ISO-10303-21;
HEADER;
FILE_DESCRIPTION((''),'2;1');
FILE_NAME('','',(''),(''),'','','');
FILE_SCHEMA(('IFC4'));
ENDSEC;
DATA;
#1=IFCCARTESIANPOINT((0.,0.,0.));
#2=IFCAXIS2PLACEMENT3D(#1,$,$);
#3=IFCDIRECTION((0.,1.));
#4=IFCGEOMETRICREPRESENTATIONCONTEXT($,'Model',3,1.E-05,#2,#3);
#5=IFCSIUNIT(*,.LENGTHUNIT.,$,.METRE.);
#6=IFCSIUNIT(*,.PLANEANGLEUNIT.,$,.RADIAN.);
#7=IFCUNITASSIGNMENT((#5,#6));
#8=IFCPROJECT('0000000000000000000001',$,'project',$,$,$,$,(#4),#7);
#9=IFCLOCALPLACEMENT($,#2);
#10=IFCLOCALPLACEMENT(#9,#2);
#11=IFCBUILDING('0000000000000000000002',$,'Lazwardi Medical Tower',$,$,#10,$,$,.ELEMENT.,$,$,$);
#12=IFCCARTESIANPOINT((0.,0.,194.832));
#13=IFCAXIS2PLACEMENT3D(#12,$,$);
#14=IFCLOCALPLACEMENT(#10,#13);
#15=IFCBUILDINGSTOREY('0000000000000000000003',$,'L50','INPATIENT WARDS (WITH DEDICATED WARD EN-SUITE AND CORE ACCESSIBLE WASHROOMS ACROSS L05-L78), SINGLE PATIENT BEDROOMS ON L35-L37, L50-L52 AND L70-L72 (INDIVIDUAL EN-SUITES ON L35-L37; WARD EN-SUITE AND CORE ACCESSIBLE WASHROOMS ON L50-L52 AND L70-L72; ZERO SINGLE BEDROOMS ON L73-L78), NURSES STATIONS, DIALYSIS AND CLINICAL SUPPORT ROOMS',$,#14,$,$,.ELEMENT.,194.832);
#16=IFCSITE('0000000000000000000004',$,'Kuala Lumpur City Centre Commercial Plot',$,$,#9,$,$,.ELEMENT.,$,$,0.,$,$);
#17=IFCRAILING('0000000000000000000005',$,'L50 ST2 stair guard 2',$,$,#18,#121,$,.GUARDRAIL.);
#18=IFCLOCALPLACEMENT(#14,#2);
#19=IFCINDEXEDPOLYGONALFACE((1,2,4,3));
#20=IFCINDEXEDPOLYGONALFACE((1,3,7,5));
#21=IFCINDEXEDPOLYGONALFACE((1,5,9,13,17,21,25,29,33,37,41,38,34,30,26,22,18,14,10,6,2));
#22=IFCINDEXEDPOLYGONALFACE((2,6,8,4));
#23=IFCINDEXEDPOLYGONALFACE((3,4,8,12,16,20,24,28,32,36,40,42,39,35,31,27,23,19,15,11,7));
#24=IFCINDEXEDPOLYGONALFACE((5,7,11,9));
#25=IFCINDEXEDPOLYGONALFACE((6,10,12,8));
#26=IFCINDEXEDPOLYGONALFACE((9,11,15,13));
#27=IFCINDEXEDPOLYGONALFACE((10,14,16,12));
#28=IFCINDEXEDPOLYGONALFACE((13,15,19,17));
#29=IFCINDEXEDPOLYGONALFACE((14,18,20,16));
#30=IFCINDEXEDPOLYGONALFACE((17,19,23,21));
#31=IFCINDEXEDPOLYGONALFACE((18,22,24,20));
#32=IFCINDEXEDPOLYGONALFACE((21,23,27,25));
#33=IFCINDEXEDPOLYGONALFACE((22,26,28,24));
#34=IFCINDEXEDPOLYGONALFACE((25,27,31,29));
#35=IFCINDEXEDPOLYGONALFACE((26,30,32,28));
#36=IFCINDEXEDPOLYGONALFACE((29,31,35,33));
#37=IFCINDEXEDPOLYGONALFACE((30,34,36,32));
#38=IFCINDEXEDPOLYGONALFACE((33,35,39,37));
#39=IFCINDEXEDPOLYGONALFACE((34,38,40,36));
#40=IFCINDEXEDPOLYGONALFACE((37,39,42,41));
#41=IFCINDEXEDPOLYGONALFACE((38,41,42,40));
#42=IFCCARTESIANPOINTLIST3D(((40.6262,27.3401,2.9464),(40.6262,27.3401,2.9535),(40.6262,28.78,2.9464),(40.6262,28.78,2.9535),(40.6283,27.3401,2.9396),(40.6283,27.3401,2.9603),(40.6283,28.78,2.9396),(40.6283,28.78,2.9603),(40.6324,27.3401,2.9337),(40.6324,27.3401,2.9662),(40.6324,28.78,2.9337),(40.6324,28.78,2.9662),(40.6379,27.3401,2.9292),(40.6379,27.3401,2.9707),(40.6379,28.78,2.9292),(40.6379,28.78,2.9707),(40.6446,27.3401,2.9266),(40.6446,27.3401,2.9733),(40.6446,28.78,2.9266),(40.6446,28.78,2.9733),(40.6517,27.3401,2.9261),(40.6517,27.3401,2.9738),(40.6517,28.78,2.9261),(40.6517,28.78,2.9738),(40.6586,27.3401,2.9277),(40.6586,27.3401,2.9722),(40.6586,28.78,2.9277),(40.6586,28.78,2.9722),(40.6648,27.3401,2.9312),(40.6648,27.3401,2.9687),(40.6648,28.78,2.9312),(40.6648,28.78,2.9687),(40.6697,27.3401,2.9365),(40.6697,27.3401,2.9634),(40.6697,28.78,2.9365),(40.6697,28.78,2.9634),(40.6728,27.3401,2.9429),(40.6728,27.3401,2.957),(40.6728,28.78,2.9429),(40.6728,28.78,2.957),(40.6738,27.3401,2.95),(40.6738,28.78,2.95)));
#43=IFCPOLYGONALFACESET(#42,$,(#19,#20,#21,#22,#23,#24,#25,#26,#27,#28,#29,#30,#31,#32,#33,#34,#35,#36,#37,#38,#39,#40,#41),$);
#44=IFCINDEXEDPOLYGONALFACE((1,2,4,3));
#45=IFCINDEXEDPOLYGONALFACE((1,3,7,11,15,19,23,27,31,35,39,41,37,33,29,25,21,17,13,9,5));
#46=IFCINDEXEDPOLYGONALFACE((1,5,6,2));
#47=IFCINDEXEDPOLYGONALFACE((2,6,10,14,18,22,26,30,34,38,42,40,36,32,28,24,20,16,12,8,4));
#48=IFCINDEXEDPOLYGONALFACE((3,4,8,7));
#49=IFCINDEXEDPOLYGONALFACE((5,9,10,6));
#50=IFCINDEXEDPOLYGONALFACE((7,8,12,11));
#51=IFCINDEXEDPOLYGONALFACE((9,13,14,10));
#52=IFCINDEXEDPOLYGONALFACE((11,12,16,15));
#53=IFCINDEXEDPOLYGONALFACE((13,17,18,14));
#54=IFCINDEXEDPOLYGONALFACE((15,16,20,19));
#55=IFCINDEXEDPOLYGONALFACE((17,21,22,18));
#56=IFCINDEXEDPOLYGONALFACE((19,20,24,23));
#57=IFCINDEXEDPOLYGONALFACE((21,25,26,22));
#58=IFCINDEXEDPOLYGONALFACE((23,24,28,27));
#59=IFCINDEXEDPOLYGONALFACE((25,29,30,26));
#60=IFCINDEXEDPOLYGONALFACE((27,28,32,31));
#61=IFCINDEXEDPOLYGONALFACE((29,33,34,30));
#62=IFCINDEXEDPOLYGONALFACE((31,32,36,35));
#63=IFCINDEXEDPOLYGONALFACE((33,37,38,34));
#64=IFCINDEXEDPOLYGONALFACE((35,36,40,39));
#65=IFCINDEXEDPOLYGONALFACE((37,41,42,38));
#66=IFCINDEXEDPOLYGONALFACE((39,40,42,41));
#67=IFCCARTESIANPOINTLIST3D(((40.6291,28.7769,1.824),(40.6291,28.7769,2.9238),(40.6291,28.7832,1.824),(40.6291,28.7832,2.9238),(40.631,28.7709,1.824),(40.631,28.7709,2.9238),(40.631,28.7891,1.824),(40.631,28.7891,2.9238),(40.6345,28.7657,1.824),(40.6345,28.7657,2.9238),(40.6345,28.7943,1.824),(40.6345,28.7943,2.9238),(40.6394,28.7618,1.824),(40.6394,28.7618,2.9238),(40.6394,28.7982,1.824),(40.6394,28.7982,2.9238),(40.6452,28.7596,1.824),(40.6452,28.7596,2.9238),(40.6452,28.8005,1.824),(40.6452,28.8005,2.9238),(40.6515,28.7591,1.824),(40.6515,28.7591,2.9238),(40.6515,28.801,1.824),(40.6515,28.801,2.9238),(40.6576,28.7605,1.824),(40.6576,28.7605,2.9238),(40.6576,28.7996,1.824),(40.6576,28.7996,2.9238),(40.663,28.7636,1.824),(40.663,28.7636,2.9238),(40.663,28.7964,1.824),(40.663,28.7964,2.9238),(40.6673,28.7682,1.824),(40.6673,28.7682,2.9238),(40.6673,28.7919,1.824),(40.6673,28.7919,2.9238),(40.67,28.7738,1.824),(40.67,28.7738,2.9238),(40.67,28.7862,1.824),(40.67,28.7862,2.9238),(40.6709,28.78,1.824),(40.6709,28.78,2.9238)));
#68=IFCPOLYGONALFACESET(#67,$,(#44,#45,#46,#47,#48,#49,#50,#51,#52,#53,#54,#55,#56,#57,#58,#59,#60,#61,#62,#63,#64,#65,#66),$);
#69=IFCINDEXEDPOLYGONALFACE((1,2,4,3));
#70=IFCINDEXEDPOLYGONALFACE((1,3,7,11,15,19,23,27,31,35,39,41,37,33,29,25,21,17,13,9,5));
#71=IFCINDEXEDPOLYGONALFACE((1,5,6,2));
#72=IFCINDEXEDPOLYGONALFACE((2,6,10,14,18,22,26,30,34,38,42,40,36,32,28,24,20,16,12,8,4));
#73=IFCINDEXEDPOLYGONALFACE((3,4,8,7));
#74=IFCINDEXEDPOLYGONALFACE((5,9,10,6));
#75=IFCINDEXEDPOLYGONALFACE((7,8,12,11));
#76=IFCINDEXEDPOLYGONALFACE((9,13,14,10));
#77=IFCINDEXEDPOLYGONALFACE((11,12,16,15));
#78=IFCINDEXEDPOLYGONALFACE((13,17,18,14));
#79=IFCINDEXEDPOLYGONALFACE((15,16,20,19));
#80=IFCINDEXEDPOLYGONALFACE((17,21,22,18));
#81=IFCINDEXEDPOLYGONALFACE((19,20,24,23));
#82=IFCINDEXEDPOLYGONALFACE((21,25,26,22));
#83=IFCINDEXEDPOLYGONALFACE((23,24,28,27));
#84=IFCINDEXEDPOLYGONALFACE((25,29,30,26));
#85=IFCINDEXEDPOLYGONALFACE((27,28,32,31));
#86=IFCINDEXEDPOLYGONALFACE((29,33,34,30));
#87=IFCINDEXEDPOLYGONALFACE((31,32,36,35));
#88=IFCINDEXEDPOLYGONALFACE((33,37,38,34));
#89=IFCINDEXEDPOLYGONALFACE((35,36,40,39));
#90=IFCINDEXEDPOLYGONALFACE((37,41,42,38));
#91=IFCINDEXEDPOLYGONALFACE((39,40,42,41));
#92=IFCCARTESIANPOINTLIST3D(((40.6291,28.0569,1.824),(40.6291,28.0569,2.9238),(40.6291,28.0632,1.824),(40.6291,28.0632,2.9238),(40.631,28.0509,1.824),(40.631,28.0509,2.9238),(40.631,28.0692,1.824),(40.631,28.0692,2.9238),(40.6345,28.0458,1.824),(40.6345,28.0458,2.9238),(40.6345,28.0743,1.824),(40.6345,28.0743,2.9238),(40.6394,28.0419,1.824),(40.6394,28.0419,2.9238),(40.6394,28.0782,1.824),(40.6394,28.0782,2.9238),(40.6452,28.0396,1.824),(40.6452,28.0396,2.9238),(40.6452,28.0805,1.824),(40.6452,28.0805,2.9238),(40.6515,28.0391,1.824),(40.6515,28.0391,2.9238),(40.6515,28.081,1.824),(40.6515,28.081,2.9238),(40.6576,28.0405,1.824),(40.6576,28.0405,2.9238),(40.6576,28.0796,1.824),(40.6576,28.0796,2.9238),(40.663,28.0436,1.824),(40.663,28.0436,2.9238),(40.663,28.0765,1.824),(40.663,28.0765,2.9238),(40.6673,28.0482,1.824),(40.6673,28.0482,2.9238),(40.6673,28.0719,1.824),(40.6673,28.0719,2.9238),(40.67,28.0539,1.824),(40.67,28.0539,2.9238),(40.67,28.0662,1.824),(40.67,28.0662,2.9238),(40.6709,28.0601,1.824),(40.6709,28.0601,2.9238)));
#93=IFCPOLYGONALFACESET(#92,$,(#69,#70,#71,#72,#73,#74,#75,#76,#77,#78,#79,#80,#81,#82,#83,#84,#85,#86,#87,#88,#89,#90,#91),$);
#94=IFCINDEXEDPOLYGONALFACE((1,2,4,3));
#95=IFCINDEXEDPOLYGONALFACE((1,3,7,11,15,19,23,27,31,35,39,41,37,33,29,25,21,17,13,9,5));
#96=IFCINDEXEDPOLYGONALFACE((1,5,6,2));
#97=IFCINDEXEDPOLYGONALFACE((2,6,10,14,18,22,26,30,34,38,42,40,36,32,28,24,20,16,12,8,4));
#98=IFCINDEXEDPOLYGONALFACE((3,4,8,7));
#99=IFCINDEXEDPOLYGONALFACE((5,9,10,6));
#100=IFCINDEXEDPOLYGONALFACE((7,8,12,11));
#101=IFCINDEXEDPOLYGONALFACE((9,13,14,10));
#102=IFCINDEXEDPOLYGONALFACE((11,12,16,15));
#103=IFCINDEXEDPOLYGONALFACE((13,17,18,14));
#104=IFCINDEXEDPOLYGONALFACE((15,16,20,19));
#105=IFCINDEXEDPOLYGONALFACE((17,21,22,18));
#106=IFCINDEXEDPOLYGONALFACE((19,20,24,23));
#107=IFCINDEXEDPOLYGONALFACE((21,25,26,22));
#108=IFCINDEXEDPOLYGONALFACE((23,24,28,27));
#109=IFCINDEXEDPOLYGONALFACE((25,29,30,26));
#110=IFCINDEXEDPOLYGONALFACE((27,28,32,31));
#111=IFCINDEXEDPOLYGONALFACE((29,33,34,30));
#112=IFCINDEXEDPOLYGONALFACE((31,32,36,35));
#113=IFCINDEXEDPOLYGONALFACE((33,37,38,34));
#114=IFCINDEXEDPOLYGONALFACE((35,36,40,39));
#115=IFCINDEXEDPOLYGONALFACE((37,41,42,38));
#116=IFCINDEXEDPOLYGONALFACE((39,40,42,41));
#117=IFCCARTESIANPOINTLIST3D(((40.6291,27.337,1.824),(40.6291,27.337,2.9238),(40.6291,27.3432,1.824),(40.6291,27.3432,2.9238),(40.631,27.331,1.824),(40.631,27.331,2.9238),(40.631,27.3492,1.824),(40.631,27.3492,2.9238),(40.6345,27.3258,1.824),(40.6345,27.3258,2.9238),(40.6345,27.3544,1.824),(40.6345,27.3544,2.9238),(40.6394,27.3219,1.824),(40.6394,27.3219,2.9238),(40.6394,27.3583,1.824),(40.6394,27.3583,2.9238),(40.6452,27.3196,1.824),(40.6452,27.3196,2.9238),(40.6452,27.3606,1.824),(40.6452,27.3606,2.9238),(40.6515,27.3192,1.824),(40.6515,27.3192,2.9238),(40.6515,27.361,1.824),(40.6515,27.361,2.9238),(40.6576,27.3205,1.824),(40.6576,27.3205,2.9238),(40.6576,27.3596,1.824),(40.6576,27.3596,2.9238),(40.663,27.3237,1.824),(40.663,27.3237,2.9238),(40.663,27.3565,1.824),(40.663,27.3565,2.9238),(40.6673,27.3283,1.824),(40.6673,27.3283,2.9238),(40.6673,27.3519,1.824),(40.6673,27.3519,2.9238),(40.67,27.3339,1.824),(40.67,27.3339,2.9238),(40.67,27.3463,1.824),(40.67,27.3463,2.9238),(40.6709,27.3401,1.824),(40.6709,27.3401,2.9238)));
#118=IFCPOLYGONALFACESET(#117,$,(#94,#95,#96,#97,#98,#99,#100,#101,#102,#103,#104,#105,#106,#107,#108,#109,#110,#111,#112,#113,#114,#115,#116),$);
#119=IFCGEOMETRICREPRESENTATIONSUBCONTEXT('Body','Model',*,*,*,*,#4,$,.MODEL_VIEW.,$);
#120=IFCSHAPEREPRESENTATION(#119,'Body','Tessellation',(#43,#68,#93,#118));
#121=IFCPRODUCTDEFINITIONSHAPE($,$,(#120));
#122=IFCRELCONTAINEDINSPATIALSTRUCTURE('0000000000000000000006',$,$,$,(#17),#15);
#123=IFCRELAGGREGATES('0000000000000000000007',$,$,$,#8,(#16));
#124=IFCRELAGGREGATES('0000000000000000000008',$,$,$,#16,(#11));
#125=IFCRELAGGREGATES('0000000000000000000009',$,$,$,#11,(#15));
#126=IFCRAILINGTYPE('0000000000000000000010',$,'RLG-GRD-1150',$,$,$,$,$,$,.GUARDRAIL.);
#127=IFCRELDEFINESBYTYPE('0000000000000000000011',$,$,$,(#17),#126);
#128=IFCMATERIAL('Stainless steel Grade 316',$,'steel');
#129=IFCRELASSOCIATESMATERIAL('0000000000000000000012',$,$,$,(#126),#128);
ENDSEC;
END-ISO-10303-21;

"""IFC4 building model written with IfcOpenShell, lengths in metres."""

from ifc_helpers import new_model, si_unit, direction, frame, origin, origin_2d, place, context, subcontext, project, spatial, circle, extrude, material, type_object, element, save


model = new_model("IFC4")

# Units and contexts
model_context = context("Model", 3, precision=1e-05, world=origin(), true_north=direction((0.0, 1.0)))
body_context = subcontext(model_context, "Body", "Model", "MODEL_VIEW")
ifc_project = project(units=[si_unit("LENGTHUNIT", "METRE"), si_unit("PLANEANGLEUNIT", "RADIAN")], contexts=[model_context])

# Site, building, storey
site_placement = place(None, origin())
site = spatial("IfcSite", under=ifc_project, at=site_placement, Name="Kuala Lumpur City Centre Commercial Plot", CompositionType="ELEMENT", RefElevation=0.0)
building_placement = place(site_placement, origin())
building = spatial("IfcBuilding", under=site, at=building_placement, Name="Lazwardi Medical Tower", CompositionType="ELEMENT")
storey_placement = place(building_placement, frame((0.0, 0.0, 194.832)))
storey = spatial("IfcBuildingStorey", under=building, at=storey_placement, Name="L50", Description="INPATIENT WARDS (WITH DEDICATED WARD EN-SUITE AND CORE ACCESSIBLE WASHROOMS ACROSS L05-L78), SINGLE PATIENT BEDROOMS ON L35-L37, L50-L52 AND L70-L72 (INDIVIDUAL EN-SUITES ON L35-L37; WARD EN-SUITE AND CORE ACCESSIBLE WASHROOMS ON L50-L52 AND L70-L72; ZERO SINGLE BEDROOMS ON L73-L78), NURSES STATIONS, DIALYSIS AND CLINICAL SUPPORT ROOMS", CompositionType="ELEMENT", Elevation=194.832)

# Railing
ifc_material_1 = material(Name="Stainless steel Grade 316", Category="steel")
railing_type_1 = type_object("IfcRailingType", Name="RLG-GRD-1150", PredefinedType="GUARDRAIL", material=ifc_material_1)
railing_1_placement = place(storey_placement, frame((40.6499, 28.78, 1.824)))
element("IfcRailing", 1, at=railing_1_placement, inside=storey, type_object=railing_type_1, Name="L50 ST2 stair guard 2", PredefinedType="GUARDRAIL", context=body_context, shape_type="SweptSolid", body=[
    extrude(circle(Radius=0.0239, at=origin_2d()), frame((0.0, 0.0, 1.126), z_axis=(0.0, -1.0, 0.0), x_axis=(1.0, 0.0, 0.0)), (0.0, 0.0, 1.0), 1.4399),
    extrude(circle(Radius=0.021, at=origin_2d()), origin(), (0.0, 0.0, 1.0), 1.0999),
    extrude(circle(Radius=0.021, at=origin_2d()), frame((0.0, -0.72, 0.0)), (0.0, 0.0, 1.0), 1.0999),
    extrude(circle(Radius=0.021, at=origin_2d()), frame((0.0, -1.4399, 0.0)), (0.0, 0.0, 1.0), 1.0999),
])

save(model, "model.ifc")
